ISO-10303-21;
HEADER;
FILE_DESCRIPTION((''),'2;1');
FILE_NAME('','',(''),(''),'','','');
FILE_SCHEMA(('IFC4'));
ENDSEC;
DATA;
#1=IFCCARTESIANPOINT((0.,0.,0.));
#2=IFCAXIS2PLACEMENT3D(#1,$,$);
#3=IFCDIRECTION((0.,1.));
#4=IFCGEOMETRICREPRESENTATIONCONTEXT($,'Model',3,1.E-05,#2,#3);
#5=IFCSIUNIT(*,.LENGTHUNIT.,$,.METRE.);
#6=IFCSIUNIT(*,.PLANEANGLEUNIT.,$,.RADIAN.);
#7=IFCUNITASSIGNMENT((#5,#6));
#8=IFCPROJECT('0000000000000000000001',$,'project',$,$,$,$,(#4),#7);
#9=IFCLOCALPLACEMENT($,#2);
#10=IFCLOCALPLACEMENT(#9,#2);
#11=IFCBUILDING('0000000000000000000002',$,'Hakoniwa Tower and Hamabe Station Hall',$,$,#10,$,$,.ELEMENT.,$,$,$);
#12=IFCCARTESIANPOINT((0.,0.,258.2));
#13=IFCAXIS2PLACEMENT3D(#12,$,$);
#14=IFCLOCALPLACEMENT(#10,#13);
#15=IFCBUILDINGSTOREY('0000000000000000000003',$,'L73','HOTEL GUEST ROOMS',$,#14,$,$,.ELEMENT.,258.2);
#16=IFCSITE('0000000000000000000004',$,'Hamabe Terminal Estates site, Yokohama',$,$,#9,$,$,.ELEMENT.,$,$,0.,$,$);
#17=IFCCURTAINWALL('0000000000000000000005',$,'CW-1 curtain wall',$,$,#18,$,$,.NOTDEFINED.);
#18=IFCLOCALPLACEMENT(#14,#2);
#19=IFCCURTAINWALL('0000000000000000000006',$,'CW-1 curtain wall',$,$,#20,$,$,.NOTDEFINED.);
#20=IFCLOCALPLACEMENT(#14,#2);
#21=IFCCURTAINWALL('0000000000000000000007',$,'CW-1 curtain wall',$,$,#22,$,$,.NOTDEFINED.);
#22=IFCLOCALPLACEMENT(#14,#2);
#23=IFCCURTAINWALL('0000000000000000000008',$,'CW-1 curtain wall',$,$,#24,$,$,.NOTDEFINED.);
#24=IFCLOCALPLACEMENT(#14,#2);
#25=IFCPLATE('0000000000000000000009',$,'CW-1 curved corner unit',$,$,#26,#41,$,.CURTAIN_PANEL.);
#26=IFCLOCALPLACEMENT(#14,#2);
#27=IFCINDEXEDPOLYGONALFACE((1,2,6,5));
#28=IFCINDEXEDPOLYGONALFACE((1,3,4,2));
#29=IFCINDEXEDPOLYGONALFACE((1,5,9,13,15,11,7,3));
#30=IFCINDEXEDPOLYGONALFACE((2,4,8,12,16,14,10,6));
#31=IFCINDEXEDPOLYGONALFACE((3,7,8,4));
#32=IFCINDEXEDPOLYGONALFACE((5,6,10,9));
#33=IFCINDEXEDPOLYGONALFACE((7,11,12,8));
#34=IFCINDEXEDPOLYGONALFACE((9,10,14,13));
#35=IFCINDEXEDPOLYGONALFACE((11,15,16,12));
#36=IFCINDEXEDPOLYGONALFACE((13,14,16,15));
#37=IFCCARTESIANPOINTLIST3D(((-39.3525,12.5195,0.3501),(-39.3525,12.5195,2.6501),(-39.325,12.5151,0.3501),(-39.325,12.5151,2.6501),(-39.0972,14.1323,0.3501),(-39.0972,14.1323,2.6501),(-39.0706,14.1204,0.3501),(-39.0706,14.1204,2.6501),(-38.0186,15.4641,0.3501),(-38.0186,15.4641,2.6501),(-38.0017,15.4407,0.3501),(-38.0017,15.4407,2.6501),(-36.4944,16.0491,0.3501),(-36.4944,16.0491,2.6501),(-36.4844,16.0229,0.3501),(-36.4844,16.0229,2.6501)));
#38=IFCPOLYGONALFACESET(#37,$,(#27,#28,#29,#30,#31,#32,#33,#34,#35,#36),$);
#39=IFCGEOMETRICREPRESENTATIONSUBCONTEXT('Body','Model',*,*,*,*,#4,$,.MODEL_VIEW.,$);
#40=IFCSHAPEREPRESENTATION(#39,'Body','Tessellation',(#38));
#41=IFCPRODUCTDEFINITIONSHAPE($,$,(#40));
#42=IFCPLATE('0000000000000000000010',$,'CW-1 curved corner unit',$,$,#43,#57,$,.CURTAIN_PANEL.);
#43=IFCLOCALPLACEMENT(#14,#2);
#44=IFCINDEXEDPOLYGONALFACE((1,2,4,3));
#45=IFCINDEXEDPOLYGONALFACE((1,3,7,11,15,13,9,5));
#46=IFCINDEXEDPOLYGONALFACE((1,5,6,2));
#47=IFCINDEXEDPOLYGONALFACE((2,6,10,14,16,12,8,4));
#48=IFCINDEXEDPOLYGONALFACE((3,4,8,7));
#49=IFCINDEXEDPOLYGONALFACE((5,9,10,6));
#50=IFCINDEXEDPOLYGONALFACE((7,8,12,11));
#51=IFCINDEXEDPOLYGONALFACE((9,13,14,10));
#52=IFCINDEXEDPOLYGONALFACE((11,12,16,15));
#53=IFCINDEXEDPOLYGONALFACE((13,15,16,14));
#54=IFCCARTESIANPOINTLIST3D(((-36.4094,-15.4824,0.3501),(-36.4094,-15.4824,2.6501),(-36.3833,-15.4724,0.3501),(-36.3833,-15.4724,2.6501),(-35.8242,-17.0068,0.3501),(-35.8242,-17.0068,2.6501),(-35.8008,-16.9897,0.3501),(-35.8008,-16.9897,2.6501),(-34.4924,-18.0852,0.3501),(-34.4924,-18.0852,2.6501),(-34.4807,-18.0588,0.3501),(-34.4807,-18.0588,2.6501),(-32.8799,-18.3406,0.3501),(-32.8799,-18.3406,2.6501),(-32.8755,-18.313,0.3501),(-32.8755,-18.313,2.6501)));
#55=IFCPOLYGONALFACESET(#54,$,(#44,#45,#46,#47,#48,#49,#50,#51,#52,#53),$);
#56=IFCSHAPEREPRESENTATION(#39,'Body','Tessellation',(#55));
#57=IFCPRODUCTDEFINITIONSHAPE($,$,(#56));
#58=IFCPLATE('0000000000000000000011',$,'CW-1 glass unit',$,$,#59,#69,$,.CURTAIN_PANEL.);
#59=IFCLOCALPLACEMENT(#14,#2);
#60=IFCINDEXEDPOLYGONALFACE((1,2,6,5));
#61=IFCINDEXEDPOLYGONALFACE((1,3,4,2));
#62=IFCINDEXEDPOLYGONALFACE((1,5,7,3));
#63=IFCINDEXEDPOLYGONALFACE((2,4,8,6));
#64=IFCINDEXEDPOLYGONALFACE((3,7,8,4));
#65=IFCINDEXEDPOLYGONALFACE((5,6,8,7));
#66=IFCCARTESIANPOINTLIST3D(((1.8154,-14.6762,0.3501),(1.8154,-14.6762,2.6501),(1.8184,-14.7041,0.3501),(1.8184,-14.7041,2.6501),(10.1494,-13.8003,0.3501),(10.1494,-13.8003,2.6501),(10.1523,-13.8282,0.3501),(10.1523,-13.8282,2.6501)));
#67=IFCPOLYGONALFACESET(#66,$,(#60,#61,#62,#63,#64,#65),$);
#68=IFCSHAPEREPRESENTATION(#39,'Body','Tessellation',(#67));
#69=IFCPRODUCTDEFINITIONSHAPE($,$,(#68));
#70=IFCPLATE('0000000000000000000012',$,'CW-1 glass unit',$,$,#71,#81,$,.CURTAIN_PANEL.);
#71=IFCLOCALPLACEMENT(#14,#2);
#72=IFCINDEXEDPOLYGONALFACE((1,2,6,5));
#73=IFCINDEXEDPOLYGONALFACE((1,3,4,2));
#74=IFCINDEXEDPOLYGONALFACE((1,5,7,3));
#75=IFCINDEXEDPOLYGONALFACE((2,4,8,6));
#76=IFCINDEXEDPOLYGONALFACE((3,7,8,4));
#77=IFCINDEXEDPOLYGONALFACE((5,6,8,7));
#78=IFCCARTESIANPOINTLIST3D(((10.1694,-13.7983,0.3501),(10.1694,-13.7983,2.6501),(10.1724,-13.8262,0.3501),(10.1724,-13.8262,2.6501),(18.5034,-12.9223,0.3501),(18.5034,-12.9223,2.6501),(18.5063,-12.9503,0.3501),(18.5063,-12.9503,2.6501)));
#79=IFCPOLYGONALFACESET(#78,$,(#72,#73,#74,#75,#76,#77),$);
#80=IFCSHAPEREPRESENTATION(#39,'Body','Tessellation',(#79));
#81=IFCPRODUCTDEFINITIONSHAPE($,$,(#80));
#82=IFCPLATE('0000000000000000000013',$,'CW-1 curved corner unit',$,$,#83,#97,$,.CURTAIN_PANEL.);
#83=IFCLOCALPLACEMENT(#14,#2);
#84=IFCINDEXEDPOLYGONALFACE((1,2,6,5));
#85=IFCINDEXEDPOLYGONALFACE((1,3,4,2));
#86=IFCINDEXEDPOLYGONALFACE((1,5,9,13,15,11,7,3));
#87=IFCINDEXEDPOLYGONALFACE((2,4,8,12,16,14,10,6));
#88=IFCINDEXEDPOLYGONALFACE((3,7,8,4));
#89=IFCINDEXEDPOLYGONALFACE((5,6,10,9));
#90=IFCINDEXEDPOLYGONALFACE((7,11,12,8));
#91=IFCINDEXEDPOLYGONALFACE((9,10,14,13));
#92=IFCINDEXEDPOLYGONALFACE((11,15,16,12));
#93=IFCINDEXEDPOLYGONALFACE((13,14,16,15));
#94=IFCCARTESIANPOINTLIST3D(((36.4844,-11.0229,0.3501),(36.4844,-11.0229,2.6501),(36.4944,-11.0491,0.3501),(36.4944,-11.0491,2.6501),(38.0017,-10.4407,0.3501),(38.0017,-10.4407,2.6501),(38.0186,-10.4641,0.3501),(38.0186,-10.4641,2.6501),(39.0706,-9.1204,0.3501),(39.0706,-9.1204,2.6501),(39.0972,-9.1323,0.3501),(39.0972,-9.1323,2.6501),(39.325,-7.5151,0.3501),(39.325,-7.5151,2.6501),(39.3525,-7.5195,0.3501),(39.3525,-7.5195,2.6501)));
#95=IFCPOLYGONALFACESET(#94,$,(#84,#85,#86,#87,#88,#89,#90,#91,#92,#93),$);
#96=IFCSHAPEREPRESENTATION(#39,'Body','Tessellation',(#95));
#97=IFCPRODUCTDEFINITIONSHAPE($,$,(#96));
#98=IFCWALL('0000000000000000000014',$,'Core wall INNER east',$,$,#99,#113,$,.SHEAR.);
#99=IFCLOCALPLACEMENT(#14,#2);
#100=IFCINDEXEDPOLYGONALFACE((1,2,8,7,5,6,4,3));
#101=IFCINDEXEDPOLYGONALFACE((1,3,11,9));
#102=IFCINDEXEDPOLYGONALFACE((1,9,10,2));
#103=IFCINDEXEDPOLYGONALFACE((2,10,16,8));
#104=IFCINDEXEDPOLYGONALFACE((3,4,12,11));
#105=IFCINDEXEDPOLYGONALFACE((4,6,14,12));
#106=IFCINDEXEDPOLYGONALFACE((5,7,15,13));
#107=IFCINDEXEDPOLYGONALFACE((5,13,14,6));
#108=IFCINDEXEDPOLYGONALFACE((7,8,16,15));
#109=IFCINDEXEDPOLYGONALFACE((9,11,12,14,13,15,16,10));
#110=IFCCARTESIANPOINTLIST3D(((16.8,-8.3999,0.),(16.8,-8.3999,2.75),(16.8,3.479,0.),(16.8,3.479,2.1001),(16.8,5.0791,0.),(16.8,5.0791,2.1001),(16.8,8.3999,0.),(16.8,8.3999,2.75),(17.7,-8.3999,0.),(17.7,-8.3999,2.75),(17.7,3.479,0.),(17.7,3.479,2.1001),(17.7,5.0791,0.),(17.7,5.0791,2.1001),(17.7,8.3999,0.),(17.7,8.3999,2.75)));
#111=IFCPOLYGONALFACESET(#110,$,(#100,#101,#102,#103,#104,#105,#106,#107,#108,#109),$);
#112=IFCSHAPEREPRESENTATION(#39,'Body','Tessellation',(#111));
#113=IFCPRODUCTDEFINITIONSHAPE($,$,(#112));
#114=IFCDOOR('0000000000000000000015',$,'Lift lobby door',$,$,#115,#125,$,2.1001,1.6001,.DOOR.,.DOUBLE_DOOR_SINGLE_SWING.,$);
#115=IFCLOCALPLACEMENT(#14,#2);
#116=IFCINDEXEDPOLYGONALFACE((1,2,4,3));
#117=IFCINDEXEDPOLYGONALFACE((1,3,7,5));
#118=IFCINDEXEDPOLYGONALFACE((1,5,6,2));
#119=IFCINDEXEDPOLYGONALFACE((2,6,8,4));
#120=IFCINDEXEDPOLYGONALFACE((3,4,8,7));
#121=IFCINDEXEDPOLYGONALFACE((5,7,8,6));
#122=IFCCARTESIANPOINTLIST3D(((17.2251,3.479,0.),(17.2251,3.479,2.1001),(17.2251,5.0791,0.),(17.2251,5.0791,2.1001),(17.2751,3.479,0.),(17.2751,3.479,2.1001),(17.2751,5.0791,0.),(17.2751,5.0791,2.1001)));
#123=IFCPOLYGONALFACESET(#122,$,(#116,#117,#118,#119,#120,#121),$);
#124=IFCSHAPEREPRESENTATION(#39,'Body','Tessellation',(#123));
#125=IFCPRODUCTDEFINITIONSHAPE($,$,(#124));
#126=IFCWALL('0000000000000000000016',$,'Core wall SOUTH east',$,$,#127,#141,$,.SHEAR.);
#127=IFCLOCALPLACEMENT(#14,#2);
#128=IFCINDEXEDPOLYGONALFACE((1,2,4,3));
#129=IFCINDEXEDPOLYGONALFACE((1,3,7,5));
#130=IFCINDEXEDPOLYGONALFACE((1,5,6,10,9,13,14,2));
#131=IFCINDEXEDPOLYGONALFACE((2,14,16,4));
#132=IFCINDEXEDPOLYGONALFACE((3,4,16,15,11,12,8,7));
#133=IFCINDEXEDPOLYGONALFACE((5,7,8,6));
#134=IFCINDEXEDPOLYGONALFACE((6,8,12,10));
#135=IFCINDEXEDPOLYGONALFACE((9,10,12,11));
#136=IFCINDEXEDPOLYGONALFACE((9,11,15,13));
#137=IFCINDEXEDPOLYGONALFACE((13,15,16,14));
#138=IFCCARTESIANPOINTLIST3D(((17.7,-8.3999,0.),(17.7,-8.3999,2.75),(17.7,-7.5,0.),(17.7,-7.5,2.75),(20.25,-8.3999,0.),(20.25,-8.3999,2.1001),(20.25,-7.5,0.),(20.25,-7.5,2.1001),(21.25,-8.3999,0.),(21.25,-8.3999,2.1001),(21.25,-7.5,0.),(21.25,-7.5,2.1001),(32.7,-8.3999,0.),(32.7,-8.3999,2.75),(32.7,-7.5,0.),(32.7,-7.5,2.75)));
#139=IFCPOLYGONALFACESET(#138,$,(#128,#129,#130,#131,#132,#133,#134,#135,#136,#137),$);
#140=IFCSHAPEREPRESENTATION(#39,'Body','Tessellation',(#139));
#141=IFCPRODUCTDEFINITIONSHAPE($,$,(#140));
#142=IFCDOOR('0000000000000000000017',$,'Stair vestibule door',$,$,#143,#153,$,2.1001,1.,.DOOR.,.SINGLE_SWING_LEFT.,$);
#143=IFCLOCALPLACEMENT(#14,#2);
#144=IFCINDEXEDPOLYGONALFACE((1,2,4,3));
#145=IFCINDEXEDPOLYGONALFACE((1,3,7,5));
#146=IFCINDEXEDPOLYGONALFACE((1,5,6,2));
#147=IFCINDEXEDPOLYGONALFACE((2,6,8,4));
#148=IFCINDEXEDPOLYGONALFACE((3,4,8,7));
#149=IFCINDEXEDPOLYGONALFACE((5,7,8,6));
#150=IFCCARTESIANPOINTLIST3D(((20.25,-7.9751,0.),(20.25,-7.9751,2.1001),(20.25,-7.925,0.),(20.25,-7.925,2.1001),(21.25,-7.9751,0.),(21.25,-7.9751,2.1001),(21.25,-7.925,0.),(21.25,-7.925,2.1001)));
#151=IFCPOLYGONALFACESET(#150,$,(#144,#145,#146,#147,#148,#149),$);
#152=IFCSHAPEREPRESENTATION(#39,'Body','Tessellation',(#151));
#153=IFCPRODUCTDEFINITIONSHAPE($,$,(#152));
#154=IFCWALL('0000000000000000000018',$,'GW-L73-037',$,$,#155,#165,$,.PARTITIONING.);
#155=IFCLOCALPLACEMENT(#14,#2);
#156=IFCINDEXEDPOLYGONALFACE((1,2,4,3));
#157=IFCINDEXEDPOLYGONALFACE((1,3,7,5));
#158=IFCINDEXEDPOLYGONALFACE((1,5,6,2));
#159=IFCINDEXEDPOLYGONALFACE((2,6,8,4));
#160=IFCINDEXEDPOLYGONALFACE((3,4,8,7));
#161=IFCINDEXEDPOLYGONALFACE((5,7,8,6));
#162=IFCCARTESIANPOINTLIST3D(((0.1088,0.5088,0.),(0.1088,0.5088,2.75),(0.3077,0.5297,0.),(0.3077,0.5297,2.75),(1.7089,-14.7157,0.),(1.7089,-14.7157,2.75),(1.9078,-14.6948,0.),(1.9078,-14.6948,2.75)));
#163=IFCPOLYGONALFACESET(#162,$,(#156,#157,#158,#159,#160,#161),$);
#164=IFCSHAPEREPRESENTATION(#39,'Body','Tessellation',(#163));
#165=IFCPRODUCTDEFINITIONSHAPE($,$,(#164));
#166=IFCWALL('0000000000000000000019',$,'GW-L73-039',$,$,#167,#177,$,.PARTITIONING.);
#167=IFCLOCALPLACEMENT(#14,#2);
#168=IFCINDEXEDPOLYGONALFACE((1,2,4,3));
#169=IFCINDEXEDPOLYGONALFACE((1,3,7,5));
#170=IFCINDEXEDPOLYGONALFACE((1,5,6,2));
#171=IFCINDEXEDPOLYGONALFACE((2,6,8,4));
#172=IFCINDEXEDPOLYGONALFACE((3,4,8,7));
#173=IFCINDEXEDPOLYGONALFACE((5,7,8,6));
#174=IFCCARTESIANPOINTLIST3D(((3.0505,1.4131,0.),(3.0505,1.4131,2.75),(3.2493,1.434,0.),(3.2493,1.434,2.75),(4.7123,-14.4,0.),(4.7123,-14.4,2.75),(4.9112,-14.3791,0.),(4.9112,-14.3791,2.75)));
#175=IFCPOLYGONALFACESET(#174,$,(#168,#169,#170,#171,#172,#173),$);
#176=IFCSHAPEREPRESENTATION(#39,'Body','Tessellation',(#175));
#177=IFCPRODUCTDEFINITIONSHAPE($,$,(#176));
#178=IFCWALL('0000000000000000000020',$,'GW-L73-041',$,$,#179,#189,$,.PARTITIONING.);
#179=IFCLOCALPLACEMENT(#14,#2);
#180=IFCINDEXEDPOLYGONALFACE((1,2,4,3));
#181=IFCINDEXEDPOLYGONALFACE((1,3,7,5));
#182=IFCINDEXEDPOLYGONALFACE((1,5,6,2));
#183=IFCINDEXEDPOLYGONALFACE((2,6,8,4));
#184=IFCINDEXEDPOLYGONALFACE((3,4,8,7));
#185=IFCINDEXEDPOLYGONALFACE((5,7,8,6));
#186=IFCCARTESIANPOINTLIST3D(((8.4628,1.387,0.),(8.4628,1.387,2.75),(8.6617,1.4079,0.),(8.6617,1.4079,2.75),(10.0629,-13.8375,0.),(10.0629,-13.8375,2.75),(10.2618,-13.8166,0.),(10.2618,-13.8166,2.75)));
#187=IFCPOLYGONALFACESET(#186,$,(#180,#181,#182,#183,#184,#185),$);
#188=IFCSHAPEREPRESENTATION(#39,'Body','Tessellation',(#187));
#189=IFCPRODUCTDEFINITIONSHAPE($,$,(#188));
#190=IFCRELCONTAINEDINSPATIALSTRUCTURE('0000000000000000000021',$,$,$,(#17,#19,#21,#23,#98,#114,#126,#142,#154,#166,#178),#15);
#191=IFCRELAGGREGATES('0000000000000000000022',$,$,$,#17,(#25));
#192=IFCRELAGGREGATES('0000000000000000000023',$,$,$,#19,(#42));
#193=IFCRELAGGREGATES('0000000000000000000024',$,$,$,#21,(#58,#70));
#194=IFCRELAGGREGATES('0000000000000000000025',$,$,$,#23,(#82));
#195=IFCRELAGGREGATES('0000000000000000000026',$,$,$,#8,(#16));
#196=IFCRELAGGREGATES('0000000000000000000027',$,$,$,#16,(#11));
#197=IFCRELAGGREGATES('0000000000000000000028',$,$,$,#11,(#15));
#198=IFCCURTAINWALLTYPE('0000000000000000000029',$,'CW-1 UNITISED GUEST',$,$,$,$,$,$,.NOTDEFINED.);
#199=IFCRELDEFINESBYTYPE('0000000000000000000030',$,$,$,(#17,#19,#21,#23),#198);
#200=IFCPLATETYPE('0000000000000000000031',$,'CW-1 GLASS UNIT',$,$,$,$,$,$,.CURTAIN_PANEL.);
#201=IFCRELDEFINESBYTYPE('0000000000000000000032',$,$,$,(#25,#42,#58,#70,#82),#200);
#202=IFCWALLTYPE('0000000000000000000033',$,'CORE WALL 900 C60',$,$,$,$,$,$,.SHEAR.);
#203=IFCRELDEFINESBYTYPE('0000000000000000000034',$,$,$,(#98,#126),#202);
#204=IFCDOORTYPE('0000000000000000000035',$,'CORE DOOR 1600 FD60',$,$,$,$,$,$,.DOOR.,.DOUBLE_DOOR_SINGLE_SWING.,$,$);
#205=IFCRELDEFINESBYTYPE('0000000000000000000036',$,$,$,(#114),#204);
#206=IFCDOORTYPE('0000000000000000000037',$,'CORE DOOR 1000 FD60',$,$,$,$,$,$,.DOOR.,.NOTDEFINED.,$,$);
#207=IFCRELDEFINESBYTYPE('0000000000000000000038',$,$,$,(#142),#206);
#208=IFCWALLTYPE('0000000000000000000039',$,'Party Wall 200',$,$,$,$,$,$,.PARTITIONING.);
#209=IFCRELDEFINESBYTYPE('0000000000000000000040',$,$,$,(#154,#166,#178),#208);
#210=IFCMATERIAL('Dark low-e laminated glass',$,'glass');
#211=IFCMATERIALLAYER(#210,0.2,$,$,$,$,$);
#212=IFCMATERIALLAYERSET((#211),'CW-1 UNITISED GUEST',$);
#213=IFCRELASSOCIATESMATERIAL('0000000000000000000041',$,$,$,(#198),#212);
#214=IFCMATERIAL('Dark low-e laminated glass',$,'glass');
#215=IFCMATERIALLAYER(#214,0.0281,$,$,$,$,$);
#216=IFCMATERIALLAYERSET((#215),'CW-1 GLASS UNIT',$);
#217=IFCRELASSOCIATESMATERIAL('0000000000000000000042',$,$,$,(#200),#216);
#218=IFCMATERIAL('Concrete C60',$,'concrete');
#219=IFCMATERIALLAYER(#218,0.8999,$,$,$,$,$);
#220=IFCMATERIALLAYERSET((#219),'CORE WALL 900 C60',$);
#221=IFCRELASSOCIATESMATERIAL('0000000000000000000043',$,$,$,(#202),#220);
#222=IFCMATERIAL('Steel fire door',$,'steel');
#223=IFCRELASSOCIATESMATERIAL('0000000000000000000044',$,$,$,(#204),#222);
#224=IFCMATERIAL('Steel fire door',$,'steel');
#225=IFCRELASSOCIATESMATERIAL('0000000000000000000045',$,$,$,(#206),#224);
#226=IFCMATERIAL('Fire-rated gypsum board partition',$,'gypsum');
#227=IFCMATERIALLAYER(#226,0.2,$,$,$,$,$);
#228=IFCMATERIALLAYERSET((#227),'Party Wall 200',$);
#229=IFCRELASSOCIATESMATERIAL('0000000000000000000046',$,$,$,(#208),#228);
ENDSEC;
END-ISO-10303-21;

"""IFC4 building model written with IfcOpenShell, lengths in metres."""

from ifc_helpers import new_model, si_unit, direction, frame, frame_2d, origin, origin_2d, place, context, subcontext, project, spatial, polyline, rectangle, outline, extrude, material, layer, layer_set, type_object, element, fill, aggregate, save


model = new_model("IFC4")

# Units and contexts
model_context = context("Model", 3, precision=1e-05, world=origin(), true_north=direction((0.0, 1.0)))
body_context = subcontext(model_context, "Body", "Model", "MODEL_VIEW")
ifc_project = project(units=[si_unit("LENGTHUNIT", "METRE"), si_unit("PLANEANGLEUNIT", "RADIAN")], contexts=[model_context])

# Site, building, storey
site_placement = place(None, origin())
site = spatial("IfcSite", under=ifc_project, at=site_placement, Name="Hamabe Terminal Estates site, Yokohama", CompositionType="ELEMENT", RefElevation=0.0)
building_placement = place(site_placement, origin())
building = spatial("IfcBuilding", under=site, at=building_placement, Name="Hakoniwa Tower and Hamabe Station Hall", CompositionType="ELEMENT")
storey_placement = place(building_placement, frame((0.0, 0.0, 258.2)))
storey = spatial("IfcBuildingStorey", under=building, at=storey_placement, Name="L73", Description="HOTEL GUEST ROOMS", CompositionType="ELEMENT", Elevation=258.2)

# Curtain walls
ifc_material_1 = material(Name="Dark low-e laminated glass", Category="glass")
ifc_layer_1 = layer(ifc_material_1, 0.2)
ifc_layer_set_1 = layer_set([ifc_layer_1], Name="CW-1 UNITISED GUEST")
curtain_wall_type = type_object("IfcCurtainWallType", Name="CW-1 UNITISED GUEST", PredefinedType="NOTDEFINED", material=ifc_layer_set_1)
curtain_wall_1_placement = place(storey_placement, origin())
curtain_wall_1 = element("IfcCurtainWall", 1, at=curtain_wall_1_placement, inside=storey, type_object=curtain_wall_type, Name="CW-1 curtain wall", PredefinedType="NOTDEFINED")
curtain_wall_2_placement = place(storey_placement, origin())
curtain_wall_2 = element("IfcCurtainWall", 2, at=curtain_wall_2_placement, inside=storey, type_object=curtain_wall_type, Name="CW-1 curtain wall", PredefinedType="NOTDEFINED")
curtain_wall_3_placement = place(storey_placement, origin())
curtain_wall_3 = element("IfcCurtainWall", 3, at=curtain_wall_3_placement, inside=storey, type_object=curtain_wall_type, Name="CW-1 curtain wall", PredefinedType="NOTDEFINED")
curtain_wall_4_placement = place(storey_placement, origin())
curtain_wall_4 = element("IfcCurtainWall", 4, at=curtain_wall_4_placement, inside=storey, type_object=curtain_wall_type, Name="CW-1 curtain wall", PredefinedType="NOTDEFINED")

# Plates
ifc_material_2 = material(Name="Dark low-e laminated glass", Category="glass")
ifc_layer_2 = layer(ifc_material_2, 0.0281)
ifc_layer_set_2 = layer_set([ifc_layer_2], Name="CW-1 GLASS UNIT")
plate_type = type_object("IfcPlateType", Name="CW-1 GLASS UNIT", PredefinedType="CURTAIN_PANEL", material=ifc_layer_set_2)
plate_1_placement = place(storey_placement, frame((0.0, 0.0, 0.3501)))
plate_1 = element("IfcPlate", 5, at=plate_1_placement, type_object=plate_type, Name="CW-1 curved corner unit", PredefinedType="CURTAIN_PANEL", context=body_context, shape_type="SweptSolid", body=[
    extrude(outline(polyline([(-36.4944, 16.0491), (-38.0186, 15.4641), (-39.0972, 14.1323), (-39.3525, 12.5195), (-39.325, 12.5151), (-39.0706, 14.1204), (-38.0017, 15.4407), (-36.4844, 16.0229), (-36.4944, 16.0491)])), origin(), (0.0, 0.0, 1.0), 2.3),
])
aggregate(curtain_wall_1, [plate_1])
plate_2_placement = place(storey_placement, frame((0.0, 0.0, 0.3501)))
plate_2 = element("IfcPlate", 6, at=plate_2_placement, type_object=plate_type, Name="CW-1 curved corner unit", PredefinedType="CURTAIN_PANEL", context=body_context, shape_type="SweptSolid", body=[
    extrude(outline(polyline([(-36.4094, -15.4824), (-35.8242, -17.0068), (-34.4924, -18.0852), (-32.8799, -18.3406), (-32.8755, -18.313), (-34.4807, -18.0588), (-35.8008, -16.9897), (-36.3833, -15.4724), (-36.4094, -15.4824)])), origin(), (0.0, 0.0, 1.0), 2.3),
])
aggregate(curtain_wall_2, [plate_2])
plate_3_placement = place(storey_placement, frame((5.9839, -14.2522, 0.3501), z_axis=(0.0, 0.0, 1.0), x_axis=(0.994522, 0.104528, 0.0)))
plate_3 = element("IfcPlate", 7, at=plate_3_placement, type_object=plate_type, Name="CW-1 glass unit", PredefinedType="CURTAIN_PANEL", context=body_context, shape_type="SweptSolid", body=[
    extrude(rectangle(XDim=8.3799, YDim=0.0281, at=origin_2d()), origin(), (0.0, 0.0, 1.0), 2.3),
])
plate_4_placement = place(storey_placement, frame((14.3379, -13.3743, 0.3501), z_axis=(0.0, 0.0, 1.0), x_axis=(0.994522, 0.104528, 0.0)))
plate_4 = element("IfcPlate", 8, at=plate_4_placement, type_object=plate_type, Name="CW-1 glass unit", PredefinedType="CURTAIN_PANEL", context=body_context, shape_type="SweptSolid", body=[
    extrude(rectangle(XDim=8.3799, YDim=0.0281, at=origin_2d()), origin(), (0.0, 0.0, 1.0), 2.3),
])
aggregate(curtain_wall_3, [plate_3, plate_4])
plate_5_placement = place(storey_placement, frame((0.0, 0.0, 0.3501)))
plate_5 = element("IfcPlate", 9, at=plate_5_placement, type_object=plate_type, Name="CW-1 curved corner unit", PredefinedType="CURTAIN_PANEL", context=body_context, shape_type="SweptSolid", body=[
    extrude(outline(polyline([(36.4944, -11.0491), (38.0186, -10.4641), (39.0972, -9.1323), (39.3525, -7.5195), (39.325, -7.5151), (39.0706, -9.1204), (38.0017, -10.4407), (36.4844, -11.0229), (36.4944, -11.0491)])), origin(), (0.0, 0.0, 1.0), 2.3),
])
aggregate(curtain_wall_4, [plate_5])

# Walls, openings, doors
ifc_material_3 = material(Name="Concrete C60", Category="concrete")
ifc_layer_3 = layer(ifc_material_3, 0.8999)
ifc_layer_set_3 = layer_set([ifc_layer_3], Name="CORE WALL 900 C60")
wall_type_1 = type_object("IfcWallType", Name="CORE WALL 900 C60", PredefinedType="SHEAR", material=ifc_layer_set_3)
wall_1_placement = place(storey_placement, frame((17.25, -8.3999, 0.0), z_axis=(0.0, 0.0, 1.0), x_axis=(0.0, 1.0, 0.0)))
wall_1 = element("IfcWall", 10, at=wall_1_placement, inside=storey, type_object=wall_type_1, Name="Core wall INNER east", PredefinedType="SHEAR", context=body_context, shape_type="SweptSolid", body=[
    extrude(rectangle(XDim=16.7998, YDim=0.8999, at=frame_2d((8.3999, 0.0))), origin(), (0.0, 0.0, 1.0), 2.75),
])
opening_1_placement = place(wall_1_placement, frame((11.8789, 0.0, 0.0)))
opening_1 = element("IfcOpeningElement", 11, at=opening_1_placement, cuts=wall_1, PredefinedType="OPENING", context=body_context, shape_type="SweptSolid", body=[
    extrude(rectangle(XDim=1.6001, YDim=2.1001, at=frame_2d((0.8, 1.05))), frame((0.0, 0.46, 0.0), z_axis=(0.0, -1.0, 0.0), x_axis=(1.0, 0.0, 0.0)), (0.0, 0.0, 1.0), 0.9199),
])
ifc_material_4 = material(Name="Steel fire door", Category="steel")
door_type_1 = type_object("IfcDoorType", Name="CORE DOOR 1600 FD60", OperationType="DOUBLE_DOOR_SINGLE_SWING", PredefinedType="DOOR", material=ifc_material_4)
door_1_placement = place(opening_1_placement, origin())
door_1 = element("IfcDoor", 12, at=door_1_placement, inside=storey, type_object=door_type_1, Name="Lift lobby door", OperationType="DOUBLE_DOOR_SINGLE_SWING", OverallHeight=2.1001, OverallWidth=1.6001, PredefinedType="DOOR", context=body_context, shape_type="SweptSolid", body=[
    extrude(rectangle(XDim=1.6001, YDim=2.1001, at=frame_2d((0.8, 1.05))), frame((0.0, 0.0249, 0.0), z_axis=(0.0, -1.0, 0.0), x_axis=(1.0, 0.0, 0.0)), (0.0, 0.0, 1.0), 0.05),
])
fill(opening_1, door_1)
wall_2_placement = place(storey_placement, frame((17.7, -7.95, 0.0), z_axis=(0.0, 0.0, 1.0), x_axis=(1.0, 0.0, 0.0)))
wall_2 = element("IfcWall", 13, at=wall_2_placement, inside=storey, type_object=wall_type_1, Name="Core wall SOUTH east", PredefinedType="SHEAR", context=body_context, shape_type="SweptSolid", body=[
    extrude(rectangle(XDim=15.0, YDim=0.8999, at=frame_2d((7.5, 0.0))), origin(), (0.0, 0.0, 1.0), 2.75),
])
opening_2_placement = place(wall_2_placement, frame((2.55, 0.0, 0.0)))
opening_2 = element("IfcOpeningElement", 14, at=opening_2_placement, cuts=wall_2, PredefinedType="OPENING", context=body_context, shape_type="SweptSolid", body=[
    extrude(rectangle(XDim=1.0, YDim=2.1001, at=frame_2d((0.5, 1.05))), frame((0.0, 0.46, 0.0), z_axis=(0.0, -1.0, 0.0), x_axis=(1.0, 0.0, 0.0)), (0.0, 0.0, 1.0), 0.9199),
])
ifc_material_5 = material(Name="Steel fire door", Category="steel")
door_type_2 = type_object("IfcDoorType", Name="CORE DOOR 1000 FD60", OperationType="NOTDEFINED", PredefinedType="DOOR", material=ifc_material_5)
door_2_placement = place(opening_2_placement, origin())
door_2 = element("IfcDoor", 15, at=door_2_placement, inside=storey, type_object=door_type_2, Name="Stair vestibule door", OperationType="SINGLE_SWING_LEFT", OverallHeight=2.1001, OverallWidth=1.0, PredefinedType="DOOR", context=body_context, shape_type="SweptSolid", body=[
    extrude(rectangle(XDim=1.0, YDim=2.1001, at=frame_2d((0.5, 1.05))), frame((0.0, 0.0249, 0.0), z_axis=(0.0, -1.0, 0.0), x_axis=(1.0, 0.0, 0.0)), (0.0, 0.0, 1.0), 0.05),
])
fill(opening_2, door_2)

# Walls
ifc_material_6 = material(Name="Fire-rated gypsum board partition", Category="gypsum")
ifc_layer_4 = layer(ifc_material_6, 0.2)
ifc_layer_set_4 = layer_set([ifc_layer_4], Name="Party Wall 200")
wall_type_2 = type_object("IfcWallType", Name="Party Wall 200", PredefinedType="PARTITIONING", material=ifc_layer_set_4)
wall_3_placement = place(storey_placement, frame((1.8083, -14.7053, 0.0), z_axis=(0.0, 0.0, 1.0), x_axis=(-0.104524, 0.994522, 0.0)))
element("IfcWall", 16, at=wall_3_placement, inside=storey, type_object=wall_type_2, Name="GW-L73-037", PredefinedType="PARTITIONING", context=body_context, shape_type="SweptSolid", body=[
    extrude(rectangle(XDim=15.3083, YDim=0.2, at=frame_2d((7.6543, 0.0))), origin(), (0.0, 0.0, 1.0), 2.75),
])
wall_4_placement = place(storey_placement, frame((4.8118, -14.3896, 0.0), z_axis=(0.0, 0.0, 1.0), x_axis=(-0.104519, 0.994523, 0.0)))
element("IfcWall", 17, at=wall_4_placement, inside=storey, type_object=wall_type_2, Name="GW-L73-039", PredefinedType="PARTITIONING", context=body_context, shape_type="SweptSolid", body=[
    extrude(rectangle(XDim=15.9001, YDim=0.2, at=frame_2d((7.9502, 0.0))), origin(), (0.0, 0.0, 1.0), 2.75),
])
wall_5_placement = place(storey_placement, frame((10.1624, -13.8271, 0.0), z_axis=(0.0, 0.0, 1.0), x_axis=(-0.104524, 0.994522, 0.0)))
element("IfcWall", 18, at=wall_5_placement, inside=storey, type_object=wall_type_2, Name="GW-L73-041", PredefinedType="PARTITIONING", context=body_context, shape_type="SweptSolid", body=[
    extrude(rectangle(XDim=15.3083, YDim=0.2, at=frame_2d((7.6543, 0.0))), origin(), (0.0, 0.0, 1.0), 2.75),
])

save(model, "model.ifc")
